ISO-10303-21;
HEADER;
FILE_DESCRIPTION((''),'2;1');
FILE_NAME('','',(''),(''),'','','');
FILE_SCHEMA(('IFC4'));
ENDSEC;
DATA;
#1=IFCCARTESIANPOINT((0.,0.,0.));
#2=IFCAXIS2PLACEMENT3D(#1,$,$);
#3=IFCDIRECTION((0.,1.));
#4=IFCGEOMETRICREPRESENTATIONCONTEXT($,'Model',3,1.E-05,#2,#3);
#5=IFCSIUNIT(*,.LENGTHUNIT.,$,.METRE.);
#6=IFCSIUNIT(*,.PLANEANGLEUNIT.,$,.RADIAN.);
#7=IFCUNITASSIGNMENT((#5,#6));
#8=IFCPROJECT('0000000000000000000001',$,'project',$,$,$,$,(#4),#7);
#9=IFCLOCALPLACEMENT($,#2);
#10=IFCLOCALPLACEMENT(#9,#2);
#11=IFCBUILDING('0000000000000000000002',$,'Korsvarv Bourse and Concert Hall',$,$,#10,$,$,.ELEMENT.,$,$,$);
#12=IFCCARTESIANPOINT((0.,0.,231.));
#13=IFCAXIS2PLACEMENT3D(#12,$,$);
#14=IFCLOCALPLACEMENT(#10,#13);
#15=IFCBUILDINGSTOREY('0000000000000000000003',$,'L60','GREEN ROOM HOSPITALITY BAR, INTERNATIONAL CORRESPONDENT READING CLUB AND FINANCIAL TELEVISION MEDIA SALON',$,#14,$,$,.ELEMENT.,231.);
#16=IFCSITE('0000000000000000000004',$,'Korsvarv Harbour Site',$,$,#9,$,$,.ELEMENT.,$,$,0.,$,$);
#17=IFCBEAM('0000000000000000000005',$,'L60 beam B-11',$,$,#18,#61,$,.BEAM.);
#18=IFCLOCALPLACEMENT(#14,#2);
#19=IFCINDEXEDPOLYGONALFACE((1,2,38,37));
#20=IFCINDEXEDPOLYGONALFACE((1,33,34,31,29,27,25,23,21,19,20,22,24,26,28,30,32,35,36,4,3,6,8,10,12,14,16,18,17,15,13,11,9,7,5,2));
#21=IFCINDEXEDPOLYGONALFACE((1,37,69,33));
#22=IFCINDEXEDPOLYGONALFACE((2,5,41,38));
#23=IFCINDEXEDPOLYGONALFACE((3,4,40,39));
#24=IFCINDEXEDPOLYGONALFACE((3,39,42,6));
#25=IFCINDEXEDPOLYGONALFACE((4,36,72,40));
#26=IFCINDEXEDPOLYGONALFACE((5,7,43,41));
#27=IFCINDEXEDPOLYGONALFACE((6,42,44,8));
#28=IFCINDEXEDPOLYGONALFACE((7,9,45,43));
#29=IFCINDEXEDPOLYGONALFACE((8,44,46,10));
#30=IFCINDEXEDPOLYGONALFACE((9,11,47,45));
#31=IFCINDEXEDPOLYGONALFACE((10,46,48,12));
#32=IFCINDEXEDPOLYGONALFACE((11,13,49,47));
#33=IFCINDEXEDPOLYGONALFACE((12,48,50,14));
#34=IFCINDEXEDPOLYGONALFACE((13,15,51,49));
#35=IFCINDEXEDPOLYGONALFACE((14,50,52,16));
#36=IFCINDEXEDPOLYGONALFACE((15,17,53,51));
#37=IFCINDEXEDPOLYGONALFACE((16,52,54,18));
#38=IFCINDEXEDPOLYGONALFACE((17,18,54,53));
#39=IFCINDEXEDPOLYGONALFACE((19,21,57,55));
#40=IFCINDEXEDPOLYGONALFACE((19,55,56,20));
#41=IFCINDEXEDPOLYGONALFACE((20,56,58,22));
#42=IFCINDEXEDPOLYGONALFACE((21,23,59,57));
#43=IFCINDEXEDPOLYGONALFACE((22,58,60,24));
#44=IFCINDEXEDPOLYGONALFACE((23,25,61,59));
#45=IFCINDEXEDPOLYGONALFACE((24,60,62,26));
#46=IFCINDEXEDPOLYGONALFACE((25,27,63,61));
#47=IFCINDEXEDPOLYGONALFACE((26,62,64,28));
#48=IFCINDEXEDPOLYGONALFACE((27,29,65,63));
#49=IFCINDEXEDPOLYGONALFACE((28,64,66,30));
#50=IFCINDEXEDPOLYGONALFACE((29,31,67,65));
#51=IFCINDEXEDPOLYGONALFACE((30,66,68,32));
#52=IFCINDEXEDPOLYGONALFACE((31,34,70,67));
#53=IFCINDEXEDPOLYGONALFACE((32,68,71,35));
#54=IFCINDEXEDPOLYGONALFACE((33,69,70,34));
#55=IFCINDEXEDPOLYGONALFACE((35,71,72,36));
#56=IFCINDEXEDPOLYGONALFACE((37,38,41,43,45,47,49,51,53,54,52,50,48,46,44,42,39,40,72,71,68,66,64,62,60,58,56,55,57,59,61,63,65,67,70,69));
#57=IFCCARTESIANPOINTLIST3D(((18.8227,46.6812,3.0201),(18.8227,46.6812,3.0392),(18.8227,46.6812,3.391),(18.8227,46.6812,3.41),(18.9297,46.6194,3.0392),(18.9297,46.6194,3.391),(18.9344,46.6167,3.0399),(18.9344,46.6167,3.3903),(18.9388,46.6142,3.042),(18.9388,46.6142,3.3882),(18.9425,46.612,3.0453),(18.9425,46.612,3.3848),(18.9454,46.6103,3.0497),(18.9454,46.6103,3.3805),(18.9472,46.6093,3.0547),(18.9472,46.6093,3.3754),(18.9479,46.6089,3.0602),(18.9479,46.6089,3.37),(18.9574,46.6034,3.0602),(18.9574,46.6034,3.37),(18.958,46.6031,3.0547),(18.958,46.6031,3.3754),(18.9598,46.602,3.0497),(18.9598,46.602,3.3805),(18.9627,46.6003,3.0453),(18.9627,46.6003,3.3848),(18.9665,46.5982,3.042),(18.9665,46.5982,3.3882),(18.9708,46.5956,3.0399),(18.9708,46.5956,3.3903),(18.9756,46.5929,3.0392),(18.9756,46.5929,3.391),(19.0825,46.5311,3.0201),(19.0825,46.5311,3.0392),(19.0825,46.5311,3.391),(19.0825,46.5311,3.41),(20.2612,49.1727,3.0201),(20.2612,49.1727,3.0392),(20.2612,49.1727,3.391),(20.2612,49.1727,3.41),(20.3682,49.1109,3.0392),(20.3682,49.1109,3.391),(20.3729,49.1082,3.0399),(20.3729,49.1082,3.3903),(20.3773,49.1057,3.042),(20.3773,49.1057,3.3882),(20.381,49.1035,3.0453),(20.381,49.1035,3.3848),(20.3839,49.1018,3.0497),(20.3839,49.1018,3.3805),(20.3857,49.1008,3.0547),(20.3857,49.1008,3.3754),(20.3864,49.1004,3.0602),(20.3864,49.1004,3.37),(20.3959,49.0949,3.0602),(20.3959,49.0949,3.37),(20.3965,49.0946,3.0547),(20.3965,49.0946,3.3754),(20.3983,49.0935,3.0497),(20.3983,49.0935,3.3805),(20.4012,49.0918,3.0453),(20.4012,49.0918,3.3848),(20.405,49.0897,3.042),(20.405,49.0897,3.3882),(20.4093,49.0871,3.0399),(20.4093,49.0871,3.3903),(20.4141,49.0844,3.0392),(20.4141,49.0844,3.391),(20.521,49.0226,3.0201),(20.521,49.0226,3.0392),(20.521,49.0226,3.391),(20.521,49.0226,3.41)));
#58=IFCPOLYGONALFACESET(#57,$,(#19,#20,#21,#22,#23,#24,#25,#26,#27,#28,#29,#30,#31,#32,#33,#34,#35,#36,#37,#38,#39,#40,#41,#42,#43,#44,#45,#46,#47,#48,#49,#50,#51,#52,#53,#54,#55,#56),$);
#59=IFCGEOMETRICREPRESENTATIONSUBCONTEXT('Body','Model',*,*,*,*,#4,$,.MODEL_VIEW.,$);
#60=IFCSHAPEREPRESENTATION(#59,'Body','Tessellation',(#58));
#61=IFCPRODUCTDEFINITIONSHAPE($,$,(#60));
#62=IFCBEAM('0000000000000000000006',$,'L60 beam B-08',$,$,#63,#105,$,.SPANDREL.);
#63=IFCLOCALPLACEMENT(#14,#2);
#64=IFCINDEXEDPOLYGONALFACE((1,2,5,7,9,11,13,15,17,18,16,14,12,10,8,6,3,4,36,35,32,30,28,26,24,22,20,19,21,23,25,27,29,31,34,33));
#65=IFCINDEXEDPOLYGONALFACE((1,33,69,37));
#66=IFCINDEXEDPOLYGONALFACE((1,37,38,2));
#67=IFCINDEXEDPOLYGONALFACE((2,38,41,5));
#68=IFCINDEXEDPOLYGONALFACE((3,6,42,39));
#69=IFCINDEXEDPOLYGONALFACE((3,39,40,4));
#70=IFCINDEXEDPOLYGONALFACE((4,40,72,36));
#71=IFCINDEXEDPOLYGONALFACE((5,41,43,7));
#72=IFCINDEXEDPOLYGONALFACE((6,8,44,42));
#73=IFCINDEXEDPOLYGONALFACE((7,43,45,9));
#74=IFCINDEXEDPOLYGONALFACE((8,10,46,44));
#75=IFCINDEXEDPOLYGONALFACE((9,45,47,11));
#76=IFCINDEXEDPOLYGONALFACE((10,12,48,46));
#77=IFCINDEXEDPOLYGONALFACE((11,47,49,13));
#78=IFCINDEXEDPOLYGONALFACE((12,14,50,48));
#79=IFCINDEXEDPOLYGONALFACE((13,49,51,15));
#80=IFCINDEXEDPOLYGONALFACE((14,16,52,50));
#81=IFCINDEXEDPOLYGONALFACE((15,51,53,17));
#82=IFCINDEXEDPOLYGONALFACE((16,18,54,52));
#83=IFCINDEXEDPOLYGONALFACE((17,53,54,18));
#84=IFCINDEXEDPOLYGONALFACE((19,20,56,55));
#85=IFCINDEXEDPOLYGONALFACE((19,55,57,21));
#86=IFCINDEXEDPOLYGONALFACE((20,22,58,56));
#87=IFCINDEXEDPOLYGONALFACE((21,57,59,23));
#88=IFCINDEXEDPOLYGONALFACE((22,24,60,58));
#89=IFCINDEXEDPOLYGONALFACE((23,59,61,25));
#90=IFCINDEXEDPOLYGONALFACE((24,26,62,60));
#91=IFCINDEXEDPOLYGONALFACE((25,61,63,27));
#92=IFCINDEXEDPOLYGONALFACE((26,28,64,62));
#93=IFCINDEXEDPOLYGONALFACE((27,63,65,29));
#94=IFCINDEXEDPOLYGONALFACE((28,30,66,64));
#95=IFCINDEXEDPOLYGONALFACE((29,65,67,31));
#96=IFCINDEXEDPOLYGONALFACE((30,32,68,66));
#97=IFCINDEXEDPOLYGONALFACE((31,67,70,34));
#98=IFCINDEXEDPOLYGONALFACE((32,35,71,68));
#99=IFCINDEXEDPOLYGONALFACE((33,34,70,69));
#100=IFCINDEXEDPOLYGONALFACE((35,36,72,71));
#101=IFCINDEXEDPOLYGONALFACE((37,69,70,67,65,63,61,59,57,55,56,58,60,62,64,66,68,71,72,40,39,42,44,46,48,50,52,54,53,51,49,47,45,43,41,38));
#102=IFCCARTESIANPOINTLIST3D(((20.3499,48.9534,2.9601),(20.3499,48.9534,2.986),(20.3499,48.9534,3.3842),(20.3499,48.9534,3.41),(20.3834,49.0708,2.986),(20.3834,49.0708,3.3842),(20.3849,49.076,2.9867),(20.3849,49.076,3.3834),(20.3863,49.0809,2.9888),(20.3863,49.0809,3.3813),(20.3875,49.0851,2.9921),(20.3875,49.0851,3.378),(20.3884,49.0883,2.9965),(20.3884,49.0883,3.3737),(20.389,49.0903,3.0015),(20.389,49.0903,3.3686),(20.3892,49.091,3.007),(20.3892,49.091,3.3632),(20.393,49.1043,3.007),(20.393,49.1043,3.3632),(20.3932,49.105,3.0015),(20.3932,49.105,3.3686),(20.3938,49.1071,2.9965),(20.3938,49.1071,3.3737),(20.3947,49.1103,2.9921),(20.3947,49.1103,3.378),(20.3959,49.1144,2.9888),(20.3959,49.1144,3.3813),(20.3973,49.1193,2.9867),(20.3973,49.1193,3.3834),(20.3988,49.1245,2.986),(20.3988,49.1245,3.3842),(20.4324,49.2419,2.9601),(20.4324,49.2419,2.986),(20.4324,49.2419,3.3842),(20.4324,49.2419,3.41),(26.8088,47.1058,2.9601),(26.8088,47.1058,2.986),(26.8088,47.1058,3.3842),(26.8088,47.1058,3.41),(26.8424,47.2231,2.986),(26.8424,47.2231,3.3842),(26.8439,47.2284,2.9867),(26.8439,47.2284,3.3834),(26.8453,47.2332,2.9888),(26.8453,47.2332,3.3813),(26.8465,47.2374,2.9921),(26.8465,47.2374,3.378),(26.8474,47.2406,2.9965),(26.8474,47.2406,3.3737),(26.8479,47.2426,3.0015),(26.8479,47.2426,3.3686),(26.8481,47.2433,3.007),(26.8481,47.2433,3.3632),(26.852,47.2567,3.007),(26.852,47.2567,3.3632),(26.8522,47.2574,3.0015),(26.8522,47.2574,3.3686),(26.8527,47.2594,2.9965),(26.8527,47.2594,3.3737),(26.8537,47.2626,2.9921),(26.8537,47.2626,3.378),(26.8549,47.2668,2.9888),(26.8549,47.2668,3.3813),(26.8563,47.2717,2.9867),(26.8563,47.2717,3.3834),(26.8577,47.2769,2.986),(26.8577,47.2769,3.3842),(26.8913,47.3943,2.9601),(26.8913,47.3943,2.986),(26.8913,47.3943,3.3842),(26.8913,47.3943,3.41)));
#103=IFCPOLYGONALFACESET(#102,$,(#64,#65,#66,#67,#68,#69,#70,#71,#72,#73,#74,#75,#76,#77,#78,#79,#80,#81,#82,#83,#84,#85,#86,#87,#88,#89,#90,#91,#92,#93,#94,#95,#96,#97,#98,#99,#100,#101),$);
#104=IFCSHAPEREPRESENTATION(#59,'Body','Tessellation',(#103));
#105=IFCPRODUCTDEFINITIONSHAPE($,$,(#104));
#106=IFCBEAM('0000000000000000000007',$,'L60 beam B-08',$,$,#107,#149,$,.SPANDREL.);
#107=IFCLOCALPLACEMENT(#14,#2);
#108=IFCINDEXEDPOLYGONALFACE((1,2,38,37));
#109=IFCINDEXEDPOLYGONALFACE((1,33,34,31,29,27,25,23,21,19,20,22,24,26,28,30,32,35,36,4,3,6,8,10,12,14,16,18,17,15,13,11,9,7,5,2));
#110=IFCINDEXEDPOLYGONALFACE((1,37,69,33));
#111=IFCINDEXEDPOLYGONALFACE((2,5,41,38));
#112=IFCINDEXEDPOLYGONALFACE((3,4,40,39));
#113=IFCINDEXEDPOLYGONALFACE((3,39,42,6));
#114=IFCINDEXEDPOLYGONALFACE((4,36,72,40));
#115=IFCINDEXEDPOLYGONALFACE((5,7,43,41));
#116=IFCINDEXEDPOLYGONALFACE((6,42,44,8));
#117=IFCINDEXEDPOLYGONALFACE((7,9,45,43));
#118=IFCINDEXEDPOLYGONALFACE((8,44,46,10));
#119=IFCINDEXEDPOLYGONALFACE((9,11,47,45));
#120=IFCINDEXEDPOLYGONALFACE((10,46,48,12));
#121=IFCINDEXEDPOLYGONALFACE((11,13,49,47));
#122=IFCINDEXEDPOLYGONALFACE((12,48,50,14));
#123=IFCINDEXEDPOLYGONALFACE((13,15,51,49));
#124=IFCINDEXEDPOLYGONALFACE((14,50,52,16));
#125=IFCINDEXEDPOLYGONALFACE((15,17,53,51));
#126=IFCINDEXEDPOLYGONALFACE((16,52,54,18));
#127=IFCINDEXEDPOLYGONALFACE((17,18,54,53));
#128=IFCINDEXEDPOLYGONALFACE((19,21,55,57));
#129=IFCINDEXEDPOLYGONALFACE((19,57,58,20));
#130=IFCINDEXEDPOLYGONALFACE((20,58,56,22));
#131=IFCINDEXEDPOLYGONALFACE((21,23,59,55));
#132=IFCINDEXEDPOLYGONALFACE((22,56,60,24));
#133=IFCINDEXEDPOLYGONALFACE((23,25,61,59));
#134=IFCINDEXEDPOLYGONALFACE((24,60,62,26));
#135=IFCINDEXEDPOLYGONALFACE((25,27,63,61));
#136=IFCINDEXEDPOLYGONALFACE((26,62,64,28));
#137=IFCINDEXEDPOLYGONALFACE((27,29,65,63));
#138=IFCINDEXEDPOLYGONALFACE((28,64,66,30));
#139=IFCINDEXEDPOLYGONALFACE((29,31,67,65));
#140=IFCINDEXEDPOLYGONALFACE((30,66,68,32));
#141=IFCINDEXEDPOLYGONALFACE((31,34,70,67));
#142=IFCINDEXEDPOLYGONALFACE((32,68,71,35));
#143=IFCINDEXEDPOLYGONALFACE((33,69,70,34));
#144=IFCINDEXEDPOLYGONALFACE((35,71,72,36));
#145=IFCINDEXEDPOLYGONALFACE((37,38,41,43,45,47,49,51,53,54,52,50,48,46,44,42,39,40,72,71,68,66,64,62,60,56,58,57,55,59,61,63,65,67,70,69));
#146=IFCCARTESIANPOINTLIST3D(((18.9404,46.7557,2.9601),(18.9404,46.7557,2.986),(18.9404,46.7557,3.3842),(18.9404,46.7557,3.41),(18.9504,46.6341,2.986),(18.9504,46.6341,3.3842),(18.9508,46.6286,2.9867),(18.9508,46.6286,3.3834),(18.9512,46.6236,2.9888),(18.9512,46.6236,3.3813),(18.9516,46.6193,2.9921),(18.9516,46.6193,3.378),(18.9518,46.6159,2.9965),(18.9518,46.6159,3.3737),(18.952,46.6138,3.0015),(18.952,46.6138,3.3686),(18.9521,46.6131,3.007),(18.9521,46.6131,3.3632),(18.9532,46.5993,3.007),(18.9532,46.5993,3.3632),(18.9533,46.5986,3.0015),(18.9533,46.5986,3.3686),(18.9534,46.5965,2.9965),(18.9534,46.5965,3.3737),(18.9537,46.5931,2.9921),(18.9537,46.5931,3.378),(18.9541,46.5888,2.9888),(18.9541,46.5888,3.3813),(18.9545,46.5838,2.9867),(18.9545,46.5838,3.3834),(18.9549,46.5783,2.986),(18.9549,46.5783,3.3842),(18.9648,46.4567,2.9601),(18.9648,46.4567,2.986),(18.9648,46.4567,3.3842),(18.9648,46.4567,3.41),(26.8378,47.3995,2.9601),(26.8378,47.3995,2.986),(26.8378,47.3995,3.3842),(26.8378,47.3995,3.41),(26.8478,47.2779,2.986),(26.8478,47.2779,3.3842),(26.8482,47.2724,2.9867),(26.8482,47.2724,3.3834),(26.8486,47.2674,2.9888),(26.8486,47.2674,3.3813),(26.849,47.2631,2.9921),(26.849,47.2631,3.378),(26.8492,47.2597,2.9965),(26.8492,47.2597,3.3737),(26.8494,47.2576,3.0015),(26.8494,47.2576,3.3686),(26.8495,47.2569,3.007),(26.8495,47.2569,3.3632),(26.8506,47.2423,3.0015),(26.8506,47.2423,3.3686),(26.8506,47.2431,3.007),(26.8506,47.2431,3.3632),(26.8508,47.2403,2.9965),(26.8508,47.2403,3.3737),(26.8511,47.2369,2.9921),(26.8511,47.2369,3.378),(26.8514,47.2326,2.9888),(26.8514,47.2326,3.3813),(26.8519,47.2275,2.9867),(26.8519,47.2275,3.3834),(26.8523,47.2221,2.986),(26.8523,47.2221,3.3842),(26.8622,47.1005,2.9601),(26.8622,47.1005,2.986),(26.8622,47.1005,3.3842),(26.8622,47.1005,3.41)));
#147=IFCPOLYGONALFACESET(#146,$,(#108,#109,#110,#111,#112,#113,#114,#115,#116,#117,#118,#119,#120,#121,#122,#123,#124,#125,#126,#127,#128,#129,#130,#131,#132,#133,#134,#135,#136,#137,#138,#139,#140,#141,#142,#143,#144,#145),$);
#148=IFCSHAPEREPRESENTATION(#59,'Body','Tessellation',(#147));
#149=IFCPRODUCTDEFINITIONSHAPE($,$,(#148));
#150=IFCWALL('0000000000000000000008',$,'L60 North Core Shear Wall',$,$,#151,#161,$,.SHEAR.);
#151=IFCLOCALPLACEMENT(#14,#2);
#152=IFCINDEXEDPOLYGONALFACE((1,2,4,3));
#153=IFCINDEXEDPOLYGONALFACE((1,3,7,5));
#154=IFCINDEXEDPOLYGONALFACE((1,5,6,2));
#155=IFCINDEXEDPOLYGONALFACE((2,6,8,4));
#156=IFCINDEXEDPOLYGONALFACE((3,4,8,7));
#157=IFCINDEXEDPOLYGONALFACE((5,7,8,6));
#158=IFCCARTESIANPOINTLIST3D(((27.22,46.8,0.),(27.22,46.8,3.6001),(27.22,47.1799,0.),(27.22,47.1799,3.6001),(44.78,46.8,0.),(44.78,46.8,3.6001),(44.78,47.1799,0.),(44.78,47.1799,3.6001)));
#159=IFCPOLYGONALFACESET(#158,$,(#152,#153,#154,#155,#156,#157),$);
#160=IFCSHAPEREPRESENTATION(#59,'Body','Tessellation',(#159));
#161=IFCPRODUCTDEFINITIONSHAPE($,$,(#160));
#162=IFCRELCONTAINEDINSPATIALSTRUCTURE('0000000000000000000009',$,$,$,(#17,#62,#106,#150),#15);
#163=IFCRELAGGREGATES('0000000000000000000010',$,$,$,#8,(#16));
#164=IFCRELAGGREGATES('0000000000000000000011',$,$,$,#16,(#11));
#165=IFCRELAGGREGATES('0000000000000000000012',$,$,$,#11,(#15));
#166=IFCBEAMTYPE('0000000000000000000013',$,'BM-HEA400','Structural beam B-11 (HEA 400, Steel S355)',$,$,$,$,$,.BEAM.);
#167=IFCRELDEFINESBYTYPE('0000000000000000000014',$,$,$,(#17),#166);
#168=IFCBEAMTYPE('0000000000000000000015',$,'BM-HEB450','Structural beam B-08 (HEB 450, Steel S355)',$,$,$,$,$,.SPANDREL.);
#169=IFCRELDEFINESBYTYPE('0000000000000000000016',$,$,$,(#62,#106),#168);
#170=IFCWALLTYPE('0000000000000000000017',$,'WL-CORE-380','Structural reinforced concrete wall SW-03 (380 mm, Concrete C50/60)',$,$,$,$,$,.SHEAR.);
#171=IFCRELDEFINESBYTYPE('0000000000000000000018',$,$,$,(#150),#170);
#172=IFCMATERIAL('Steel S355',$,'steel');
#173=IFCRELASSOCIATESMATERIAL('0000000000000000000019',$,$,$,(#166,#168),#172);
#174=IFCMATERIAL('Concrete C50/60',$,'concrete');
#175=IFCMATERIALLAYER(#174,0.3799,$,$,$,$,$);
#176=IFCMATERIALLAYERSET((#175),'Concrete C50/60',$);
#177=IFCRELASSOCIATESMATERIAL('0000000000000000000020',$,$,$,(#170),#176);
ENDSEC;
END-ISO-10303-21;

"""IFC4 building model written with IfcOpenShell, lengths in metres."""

from ifc_helpers import new_model, si_unit, direction, frame, frame_2d, origin, origin_2d, place, context, subcontext, project, spatial, rectangle, i_section, extrude, source, transform, mapped, material, layer, layer_set, material_profile, profile_set, type_object, element, save


model = new_model("IFC4")

# Units and contexts
model_context = context("Model", 3, precision=1e-05, world=origin(), true_north=direction((0.0, 1.0)))
body_context = subcontext(model_context, "Body", "Model", "MODEL_VIEW")
ifc_project = project(units=[si_unit("LENGTHUNIT", "METRE"), si_unit("PLANEANGLEUNIT", "RADIAN")], contexts=[model_context])

# Site, building, storey
site_placement = place(None, origin())
site = spatial("IfcSite", under=ifc_project, at=site_placement, Name="Korsvarv Harbour Site", CompositionType="ELEMENT", RefElevation=0.0)
building_placement = place(site_placement, origin())
building = spatial("IfcBuilding", under=site, at=building_placement, Name="Korsvarv Bourse and Concert Hall", CompositionType="ELEMENT")
storey_placement = place(building_placement, frame((0.0, 0.0, 231.0)))
storey = spatial("IfcBuildingStorey", under=building, at=storey_placement, Name="L60", Description="GREEN ROOM HOSPITALITY BAR, INTERNATIONAL CORRESPONDENT READING CLUB AND FINANCIAL TELEVISION MEDIA SALON", CompositionType="ELEMENT", Elevation=231.0)

# Shared definitions
ifc_material_1 = material(Name="Steel S355", Category="steel")

# Beams
ifc_material_profile_1 = material_profile(ifc_material_1, i_section(OverallWidth=0.3, OverallDepth=0.3899, WebThickness=0.011, FlangeThickness=0.019, FilletRadius=0.021, at=origin_2d()), Name="HEA 400")
ifc_profile_set_1 = profile_set([ifc_material_profile_1], Name="Steel S355")
beam_type_1 = type_object("IfcBeamType", Name="BM-HEA400", Description="Structural beam B-11 (HEA 400, Steel S355)", PredefinedType="BEAM", material=ifc_profile_set_1)
shared_shape_1 = source(origin(), body_context, "Body", "SweptSolid", [
    extrude(i_section(OverallWidth=0.3, OverallDepth=0.3899, WebThickness=0.011, FlangeThickness=0.019, FilletRadius=0.021, at=origin_2d()), origin(), (0.0, 0.0, 1.0), 2.877),
])
beam_1_placement = place(storey_placement, frame((20.3911, 49.0977, 3.2151), z_axis=(-0.500009, -0.86602, 0.0), x_axis=(0.86602, -0.500009, 0.0)))
element("IfcBeam", 1, at=beam_1_placement, inside=storey, type_object=beam_type_1, Name="L60 beam B-11", PredefinedType="BEAM", context=body_context, shape_type="MappedRepresentation", body=[
    mapped(shared_shape_1, transform((0.0, 0.0, 0.0), scale=1.0)),
])
ifc_material_profile_2 = material_profile(ifc_material_1, i_section(OverallWidth=0.3, OverallDepth=0.45, WebThickness=0.0139, FlangeThickness=0.0259, FilletRadius=0.021, at=origin_2d()), Name="HEB 450")
ifc_profile_set_2 = profile_set([ifc_material_profile_2], Name="Steel S355")
beam_type_2 = type_object("IfcBeamType", Name="BM-HEB450", Description="Structural beam B-08 (HEB 450, Steel S355)", PredefinedType="SPANDREL", material=ifc_profile_set_2)
shared_shape_2 = source(origin(), body_context, "Body", "SweptSolid", [
    extrude(i_section(OverallWidth=0.3, OverallDepth=0.45, WebThickness=0.0139, FlangeThickness=0.0259, FilletRadius=0.021, at=origin_2d()), origin(), (0.0, 0.0, 1.0), 6.718),
])
beam_2_placement = place(storey_placement, frame((20.3911, 49.0977, 3.1851), z_axis=(0.961436, -0.275028, 0.0), x_axis=(0.275028, 0.961436, 0.0)))
element("IfcBeam", 2, at=beam_2_placement, inside=storey, type_object=beam_type_2, Name="L60 beam B-08", PredefinedType="SPANDREL", context=body_context, shape_type="MappedRepresentation", body=[
    mapped(shared_shape_2, transform((0.0, 0.0, 0.0), scale=1.0)),
])
shared_shape_3 = source(origin(), body_context, "Body", "SweptSolid", [
    extrude(i_section(OverallWidth=0.3, OverallDepth=0.45, WebThickness=0.0139, FlangeThickness=0.0259, FilletRadius=0.021, at=origin_2d()), origin(), (0.0, 0.0, 1.0), 7.9236),
])
beam_3_placement = place(storey_placement, frame((18.9526, 46.6062, 3.1851), z_axis=(0.996694, 0.08125, 0.0), x_axis=(-0.08125, 0.996694, 0.0)))
element("IfcBeam", 3, at=beam_3_placement, inside=storey, type_object=beam_type_2, Name="L60 beam B-08", PredefinedType="SPANDREL", context=body_context, shape_type="MappedRepresentation", body=[
    mapped(shared_shape_3, transform((0.0, 0.0, 0.0), scale=1.0)),
])

# Wall
ifc_material_2 = material(Name="Concrete C50/60", Category="concrete")
ifc_layer_1 = layer(ifc_material_2, 0.3799)
ifc_layer_set_1 = layer_set([ifc_layer_1], Name="Concrete C50/60")
wall_type_1 = type_object("IfcWallType", Name="WL-CORE-380", Description="Structural reinforced concrete wall SW-03 (380 mm, Concrete C50/60)", PredefinedType="SHEAR", material=ifc_layer_set_1)
wall_1_placement = place(storey_placement, frame((27.22, 46.99, 0.0), z_axis=(0.0, 0.0, 1.0), x_axis=(1.0, 0.0, 0.0)))
element("IfcWall", 4, at=wall_1_placement, inside=storey, type_object=wall_type_1, Name="L60 North Core Shear Wall", PredefinedType="SHEAR", context=body_context, shape_type="SweptSolid", body=[
    extrude(rectangle(XDim=17.5601, YDim=0.3799, at=frame_2d((8.78, 0.0))), origin(), (0.0, 0.0, 1.0), 3.6001),
])

save(model, "model.ifc")
